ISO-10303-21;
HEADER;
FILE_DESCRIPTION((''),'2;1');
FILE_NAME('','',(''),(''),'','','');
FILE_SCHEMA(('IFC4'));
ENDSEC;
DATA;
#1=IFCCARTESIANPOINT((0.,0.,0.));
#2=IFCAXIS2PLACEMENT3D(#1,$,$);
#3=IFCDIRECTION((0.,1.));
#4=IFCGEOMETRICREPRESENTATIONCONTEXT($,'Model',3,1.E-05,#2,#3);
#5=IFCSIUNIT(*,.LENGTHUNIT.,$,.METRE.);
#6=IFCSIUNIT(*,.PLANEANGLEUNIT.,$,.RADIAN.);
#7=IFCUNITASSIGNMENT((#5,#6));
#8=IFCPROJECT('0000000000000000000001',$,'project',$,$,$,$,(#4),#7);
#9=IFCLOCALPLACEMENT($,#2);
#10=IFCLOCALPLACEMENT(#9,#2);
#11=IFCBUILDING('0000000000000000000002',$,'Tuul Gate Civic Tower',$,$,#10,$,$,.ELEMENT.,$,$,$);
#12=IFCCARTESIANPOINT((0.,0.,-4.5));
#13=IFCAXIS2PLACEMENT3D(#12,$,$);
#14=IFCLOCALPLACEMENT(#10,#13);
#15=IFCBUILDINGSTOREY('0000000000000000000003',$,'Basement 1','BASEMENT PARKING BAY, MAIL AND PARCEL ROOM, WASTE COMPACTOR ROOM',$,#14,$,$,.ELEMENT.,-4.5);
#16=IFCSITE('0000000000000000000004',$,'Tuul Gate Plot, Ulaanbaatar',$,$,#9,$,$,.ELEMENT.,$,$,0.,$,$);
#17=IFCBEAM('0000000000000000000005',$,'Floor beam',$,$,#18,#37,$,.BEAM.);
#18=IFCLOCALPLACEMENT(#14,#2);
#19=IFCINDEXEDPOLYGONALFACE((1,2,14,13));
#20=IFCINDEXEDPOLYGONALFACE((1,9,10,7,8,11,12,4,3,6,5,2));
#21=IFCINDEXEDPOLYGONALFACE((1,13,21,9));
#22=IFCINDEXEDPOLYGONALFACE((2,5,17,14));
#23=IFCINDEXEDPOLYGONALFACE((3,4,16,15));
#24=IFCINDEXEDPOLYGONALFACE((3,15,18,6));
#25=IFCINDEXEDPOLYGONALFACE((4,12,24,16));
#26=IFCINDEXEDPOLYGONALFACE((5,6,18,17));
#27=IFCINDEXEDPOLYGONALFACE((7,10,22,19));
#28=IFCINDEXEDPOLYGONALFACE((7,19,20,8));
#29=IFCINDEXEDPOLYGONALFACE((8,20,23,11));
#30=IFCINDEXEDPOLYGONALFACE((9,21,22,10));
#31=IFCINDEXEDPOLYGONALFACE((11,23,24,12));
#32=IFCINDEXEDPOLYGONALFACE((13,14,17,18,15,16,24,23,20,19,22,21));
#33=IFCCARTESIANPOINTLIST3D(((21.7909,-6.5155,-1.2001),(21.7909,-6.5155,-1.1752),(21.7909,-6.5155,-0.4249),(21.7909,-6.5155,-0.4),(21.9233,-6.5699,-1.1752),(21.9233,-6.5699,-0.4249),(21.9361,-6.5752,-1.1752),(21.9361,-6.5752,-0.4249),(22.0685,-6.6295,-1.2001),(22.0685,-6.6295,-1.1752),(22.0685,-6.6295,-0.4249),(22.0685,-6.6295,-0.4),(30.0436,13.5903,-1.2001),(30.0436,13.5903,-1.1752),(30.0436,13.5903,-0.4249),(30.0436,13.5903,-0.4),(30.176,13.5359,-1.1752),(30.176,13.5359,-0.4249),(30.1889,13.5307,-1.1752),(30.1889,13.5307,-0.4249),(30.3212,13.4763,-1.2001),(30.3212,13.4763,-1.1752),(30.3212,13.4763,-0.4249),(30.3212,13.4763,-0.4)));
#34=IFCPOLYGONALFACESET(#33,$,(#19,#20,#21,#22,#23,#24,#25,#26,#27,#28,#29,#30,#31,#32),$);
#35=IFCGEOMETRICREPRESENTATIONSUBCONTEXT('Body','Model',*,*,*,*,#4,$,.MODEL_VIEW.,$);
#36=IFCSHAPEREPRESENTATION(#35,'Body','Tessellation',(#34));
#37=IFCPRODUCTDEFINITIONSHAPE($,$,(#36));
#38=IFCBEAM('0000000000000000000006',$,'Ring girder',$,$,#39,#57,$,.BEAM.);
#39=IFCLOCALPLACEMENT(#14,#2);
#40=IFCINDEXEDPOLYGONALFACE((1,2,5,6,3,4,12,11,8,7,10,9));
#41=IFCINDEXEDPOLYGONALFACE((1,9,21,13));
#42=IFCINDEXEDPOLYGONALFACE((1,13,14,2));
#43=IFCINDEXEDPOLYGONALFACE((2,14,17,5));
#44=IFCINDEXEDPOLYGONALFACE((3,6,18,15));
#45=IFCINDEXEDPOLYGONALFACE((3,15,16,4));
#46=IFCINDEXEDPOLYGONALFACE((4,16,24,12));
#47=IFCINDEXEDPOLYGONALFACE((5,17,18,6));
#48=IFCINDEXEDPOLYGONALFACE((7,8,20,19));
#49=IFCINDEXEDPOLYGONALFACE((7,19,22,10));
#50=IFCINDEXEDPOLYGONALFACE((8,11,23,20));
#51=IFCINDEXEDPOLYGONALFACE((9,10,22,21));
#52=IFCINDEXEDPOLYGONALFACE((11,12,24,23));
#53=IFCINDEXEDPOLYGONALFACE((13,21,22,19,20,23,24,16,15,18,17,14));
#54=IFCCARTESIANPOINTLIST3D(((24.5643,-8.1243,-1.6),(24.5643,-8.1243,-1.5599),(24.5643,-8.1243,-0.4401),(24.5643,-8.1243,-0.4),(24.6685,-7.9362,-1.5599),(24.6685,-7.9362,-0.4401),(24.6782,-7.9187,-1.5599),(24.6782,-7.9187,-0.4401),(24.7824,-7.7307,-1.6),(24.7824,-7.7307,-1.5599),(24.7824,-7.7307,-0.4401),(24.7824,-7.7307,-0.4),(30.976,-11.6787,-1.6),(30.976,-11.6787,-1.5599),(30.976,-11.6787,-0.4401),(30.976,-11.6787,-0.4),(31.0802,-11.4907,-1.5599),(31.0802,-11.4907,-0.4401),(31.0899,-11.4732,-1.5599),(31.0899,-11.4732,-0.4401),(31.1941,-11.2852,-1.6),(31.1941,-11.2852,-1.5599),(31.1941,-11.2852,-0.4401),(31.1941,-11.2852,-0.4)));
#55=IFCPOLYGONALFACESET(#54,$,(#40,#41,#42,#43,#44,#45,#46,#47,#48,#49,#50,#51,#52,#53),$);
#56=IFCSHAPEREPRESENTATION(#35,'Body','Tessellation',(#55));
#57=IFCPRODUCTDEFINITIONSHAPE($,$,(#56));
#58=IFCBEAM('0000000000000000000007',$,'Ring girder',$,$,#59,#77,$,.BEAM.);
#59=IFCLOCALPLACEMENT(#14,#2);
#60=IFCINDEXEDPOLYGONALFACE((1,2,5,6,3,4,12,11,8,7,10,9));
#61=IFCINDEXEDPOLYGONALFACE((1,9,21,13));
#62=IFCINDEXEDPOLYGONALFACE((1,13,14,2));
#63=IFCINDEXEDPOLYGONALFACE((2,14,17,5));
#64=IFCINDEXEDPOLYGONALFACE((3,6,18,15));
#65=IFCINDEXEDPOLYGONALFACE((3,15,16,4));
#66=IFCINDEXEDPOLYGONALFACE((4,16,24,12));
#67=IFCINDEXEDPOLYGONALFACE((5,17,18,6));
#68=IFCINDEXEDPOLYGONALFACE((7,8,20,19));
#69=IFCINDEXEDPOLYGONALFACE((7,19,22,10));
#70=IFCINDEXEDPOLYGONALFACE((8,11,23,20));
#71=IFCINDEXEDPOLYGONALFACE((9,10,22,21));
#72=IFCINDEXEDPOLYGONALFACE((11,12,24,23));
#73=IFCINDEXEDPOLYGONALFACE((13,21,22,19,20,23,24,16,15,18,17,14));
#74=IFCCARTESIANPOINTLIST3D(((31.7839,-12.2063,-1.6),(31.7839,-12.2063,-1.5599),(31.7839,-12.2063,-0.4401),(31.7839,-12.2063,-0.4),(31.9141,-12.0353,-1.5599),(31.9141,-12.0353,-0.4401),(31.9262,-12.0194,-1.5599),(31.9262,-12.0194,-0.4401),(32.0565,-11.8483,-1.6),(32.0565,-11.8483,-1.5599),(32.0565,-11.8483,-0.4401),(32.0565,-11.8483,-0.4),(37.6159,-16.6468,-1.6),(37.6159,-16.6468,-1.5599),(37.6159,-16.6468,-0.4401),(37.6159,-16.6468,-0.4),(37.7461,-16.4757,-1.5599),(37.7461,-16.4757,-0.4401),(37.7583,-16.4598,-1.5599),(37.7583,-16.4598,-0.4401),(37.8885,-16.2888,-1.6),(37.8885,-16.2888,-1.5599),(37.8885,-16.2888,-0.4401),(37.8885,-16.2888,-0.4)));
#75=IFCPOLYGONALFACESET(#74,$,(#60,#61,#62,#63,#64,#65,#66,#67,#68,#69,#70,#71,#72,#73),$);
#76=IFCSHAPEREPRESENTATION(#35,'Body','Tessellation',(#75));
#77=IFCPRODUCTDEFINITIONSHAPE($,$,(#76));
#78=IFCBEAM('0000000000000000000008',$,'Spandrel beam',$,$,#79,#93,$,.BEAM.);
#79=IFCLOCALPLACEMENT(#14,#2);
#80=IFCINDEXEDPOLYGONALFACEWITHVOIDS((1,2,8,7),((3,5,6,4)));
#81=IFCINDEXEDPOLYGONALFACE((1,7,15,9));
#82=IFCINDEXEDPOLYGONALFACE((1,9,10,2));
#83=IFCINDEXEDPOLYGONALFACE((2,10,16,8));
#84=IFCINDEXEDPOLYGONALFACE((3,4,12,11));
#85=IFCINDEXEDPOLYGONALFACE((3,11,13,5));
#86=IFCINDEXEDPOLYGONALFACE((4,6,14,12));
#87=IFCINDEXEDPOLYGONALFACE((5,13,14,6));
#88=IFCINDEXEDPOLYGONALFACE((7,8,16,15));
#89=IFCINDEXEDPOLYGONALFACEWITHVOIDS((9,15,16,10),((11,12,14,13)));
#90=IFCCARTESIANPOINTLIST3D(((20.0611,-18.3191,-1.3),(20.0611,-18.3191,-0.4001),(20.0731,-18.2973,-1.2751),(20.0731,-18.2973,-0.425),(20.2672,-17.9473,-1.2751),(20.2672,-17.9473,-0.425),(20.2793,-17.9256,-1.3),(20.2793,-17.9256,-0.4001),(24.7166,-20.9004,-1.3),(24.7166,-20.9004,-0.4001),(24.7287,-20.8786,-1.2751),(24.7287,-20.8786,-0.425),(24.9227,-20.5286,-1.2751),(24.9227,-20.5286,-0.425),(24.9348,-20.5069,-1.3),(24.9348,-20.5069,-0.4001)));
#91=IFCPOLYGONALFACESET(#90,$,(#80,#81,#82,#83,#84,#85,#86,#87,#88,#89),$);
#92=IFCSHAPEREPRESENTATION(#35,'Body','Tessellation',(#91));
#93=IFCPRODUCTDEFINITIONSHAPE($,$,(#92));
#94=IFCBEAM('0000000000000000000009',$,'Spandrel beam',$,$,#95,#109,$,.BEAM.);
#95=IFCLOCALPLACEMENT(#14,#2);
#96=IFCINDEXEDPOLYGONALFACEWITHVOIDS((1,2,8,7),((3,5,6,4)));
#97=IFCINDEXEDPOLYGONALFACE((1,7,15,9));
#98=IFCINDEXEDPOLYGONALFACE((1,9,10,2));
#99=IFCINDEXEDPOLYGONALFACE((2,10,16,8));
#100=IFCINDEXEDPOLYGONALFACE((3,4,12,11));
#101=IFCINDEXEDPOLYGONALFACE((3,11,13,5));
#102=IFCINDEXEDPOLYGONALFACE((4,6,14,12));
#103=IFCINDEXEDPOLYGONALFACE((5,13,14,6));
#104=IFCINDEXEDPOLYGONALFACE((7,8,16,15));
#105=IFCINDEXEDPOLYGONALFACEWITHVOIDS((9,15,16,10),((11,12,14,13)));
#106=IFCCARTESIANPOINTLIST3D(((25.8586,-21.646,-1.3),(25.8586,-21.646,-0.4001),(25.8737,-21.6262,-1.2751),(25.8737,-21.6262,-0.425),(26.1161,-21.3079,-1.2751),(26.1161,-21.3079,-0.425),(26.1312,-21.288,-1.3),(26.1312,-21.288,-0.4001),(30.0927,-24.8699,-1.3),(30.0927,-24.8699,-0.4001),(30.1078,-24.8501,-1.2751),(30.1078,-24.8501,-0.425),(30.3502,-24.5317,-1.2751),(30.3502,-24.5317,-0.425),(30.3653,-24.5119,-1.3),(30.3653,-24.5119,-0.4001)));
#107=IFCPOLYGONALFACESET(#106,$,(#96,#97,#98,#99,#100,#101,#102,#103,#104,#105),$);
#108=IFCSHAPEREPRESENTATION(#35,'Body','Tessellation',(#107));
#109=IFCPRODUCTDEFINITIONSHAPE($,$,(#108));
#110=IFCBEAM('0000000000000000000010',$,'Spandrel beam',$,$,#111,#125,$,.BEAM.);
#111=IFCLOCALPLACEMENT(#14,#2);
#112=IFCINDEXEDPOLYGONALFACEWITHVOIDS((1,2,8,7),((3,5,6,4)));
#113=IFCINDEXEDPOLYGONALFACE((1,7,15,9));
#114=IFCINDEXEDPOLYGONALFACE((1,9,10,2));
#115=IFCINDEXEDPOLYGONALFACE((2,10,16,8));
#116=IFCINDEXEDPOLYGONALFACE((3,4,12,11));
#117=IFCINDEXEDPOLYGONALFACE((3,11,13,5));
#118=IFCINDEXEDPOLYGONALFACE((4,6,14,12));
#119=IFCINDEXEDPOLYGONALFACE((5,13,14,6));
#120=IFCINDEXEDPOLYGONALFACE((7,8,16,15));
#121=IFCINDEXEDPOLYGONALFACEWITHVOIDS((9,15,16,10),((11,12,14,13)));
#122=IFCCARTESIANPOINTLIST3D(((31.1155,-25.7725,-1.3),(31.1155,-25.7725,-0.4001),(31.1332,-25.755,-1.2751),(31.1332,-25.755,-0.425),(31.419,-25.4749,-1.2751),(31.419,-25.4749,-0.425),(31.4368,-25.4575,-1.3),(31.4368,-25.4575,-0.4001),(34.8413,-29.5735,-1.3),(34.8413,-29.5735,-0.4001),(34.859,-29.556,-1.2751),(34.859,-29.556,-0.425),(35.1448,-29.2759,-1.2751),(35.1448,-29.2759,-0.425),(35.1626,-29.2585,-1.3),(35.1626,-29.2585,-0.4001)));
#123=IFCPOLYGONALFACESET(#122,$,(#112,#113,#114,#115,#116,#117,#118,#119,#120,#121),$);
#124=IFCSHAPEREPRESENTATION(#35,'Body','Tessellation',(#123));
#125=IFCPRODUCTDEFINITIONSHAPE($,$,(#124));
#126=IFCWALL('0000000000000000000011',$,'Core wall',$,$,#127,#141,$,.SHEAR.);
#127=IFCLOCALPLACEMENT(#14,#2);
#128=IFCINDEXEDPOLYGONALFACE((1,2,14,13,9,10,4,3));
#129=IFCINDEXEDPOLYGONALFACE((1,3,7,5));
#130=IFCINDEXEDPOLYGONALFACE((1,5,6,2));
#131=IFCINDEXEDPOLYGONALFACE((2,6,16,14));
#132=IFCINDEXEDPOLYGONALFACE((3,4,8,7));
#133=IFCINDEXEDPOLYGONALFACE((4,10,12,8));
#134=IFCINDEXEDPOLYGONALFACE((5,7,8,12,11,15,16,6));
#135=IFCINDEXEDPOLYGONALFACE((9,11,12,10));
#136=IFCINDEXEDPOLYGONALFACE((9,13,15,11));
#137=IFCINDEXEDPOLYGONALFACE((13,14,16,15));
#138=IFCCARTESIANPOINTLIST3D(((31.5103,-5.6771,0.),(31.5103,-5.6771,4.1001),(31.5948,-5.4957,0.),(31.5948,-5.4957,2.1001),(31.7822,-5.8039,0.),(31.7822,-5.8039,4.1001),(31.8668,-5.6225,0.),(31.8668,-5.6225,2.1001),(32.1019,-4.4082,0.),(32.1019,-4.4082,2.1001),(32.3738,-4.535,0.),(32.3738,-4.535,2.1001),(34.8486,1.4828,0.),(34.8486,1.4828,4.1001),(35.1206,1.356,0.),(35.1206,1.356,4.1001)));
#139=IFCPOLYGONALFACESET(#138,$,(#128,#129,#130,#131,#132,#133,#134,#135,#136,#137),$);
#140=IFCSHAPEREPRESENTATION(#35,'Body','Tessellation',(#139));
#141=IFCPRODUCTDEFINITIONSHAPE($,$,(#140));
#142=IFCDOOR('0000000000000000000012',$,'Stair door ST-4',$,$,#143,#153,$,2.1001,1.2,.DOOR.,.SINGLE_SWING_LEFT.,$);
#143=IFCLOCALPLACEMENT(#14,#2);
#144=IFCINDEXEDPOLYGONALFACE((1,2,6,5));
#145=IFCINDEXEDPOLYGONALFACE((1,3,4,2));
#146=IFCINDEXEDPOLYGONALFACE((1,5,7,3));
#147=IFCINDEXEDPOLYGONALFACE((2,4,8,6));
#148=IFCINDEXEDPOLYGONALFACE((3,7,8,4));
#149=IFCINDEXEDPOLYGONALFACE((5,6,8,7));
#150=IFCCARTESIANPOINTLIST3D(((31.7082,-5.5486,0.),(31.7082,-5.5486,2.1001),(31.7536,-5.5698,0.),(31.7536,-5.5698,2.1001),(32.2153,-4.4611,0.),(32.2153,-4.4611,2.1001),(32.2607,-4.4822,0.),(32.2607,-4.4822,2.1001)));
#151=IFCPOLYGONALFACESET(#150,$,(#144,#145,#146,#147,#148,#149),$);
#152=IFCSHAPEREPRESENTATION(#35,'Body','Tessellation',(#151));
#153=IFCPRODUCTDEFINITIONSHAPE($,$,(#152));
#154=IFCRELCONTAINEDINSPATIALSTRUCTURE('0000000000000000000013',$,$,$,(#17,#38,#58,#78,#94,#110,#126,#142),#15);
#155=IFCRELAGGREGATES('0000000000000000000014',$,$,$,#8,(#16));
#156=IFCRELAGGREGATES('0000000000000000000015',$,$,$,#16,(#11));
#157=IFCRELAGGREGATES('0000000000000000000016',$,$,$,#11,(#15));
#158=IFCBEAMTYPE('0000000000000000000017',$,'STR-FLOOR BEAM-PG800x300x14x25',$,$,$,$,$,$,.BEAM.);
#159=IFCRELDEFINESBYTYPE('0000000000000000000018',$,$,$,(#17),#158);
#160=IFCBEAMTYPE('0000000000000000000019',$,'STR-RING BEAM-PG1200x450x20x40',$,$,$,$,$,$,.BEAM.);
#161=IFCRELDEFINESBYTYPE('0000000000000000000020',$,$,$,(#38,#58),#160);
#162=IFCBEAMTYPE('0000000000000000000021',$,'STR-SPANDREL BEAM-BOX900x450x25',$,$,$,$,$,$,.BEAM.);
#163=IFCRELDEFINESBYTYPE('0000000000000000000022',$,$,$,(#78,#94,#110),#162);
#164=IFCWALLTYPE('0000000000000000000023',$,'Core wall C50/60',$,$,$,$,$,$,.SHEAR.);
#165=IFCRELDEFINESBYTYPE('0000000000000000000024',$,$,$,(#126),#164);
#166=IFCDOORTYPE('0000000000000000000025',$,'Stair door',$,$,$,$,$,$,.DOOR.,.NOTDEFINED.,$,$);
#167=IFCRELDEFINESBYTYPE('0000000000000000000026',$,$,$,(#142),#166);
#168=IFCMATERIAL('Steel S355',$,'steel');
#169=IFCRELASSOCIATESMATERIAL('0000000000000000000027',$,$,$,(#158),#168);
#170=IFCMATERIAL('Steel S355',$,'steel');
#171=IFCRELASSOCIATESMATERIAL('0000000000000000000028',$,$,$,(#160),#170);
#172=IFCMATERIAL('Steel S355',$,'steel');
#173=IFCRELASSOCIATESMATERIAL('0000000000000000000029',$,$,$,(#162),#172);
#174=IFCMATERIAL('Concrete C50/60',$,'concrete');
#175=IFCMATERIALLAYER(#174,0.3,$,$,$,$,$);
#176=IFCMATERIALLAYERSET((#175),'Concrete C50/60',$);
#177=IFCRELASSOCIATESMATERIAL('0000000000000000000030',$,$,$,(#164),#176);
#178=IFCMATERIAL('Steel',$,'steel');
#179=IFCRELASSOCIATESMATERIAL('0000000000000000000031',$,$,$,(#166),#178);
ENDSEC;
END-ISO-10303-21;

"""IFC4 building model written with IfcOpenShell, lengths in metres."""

from ifc_helpers import new_model, si_unit, direction, frame, frame_2d, origin, origin_2d, place, context, subcontext, project, spatial, rectangle, hollow_rectangle, i_section, extrude, material, layer, layer_set, material_profile, profile_set, type_object, element, fill, save


model = new_model("IFC4")

# Units and contexts
model_context = context("Model", 3, precision=1e-05, world=origin(), true_north=direction((0.0, 1.0)))
body_context = subcontext(model_context, "Body", "Model", "MODEL_VIEW")
ifc_project = project(units=[si_unit("LENGTHUNIT", "METRE"), si_unit("PLANEANGLEUNIT", "RADIAN")], contexts=[model_context])

# Site, building, storey
site_placement = place(None, origin())
site = spatial("IfcSite", under=ifc_project, at=site_placement, Name="Tuul Gate Plot, Ulaanbaatar", CompositionType="ELEMENT", RefElevation=0.0)
building_placement = place(site_placement, origin())
building = spatial("IfcBuilding", under=site, at=building_placement, Name="Tuul Gate Civic Tower", CompositionType="ELEMENT")
storey_placement = place(building_placement, frame((0.0, 0.0, -4.5)))
storey = spatial("IfcBuildingStorey", under=building, at=storey_placement, Name="Basement 1", Description="BASEMENT PARKING BAY, MAIL AND PARCEL ROOM, WASTE COMPACTOR ROOM", CompositionType="ELEMENT", Elevation=-4.5)

# Beams
ifc_material_1 = material(Name="Steel S355", Category="steel")
ifc_material_profile_1 = material_profile(ifc_material_1, i_section(OverallWidth=0.3, OverallDepth=0.8, WebThickness=0.0139, FlangeThickness=0.0249, at=origin_2d()), Name="PG800x300x14x25")
ifc_profile_set_1 = profile_set([ifc_material_profile_1], Name="Steel S355")
beam_type_1 = type_object("IfcBeamType", Name="STR-FLOOR BEAM-PG800x300x14x25", PredefinedType="BEAM", material=ifc_profile_set_1)
beam_1_placement = place(storey_placement, frame((21.9297, -6.5725, -0.8), z_axis=(0.379721, 0.925101, 0.0), x_axis=(-0.925101, 0.379721, 0.0)))
element("IfcBeam", 1, at=beam_1_placement, inside=storey, type_object=beam_type_1, Name="Floor beam", PredefinedType="BEAM", context=body_context, shape_type="SweptSolid", body=[
    extrude(i_section(OverallWidth=0.3, OverallDepth=0.8, WebThickness=0.0139, FlangeThickness=0.0249, at=origin_2d()), origin(), (0.0, 0.0, 1.0), 21.7336),
])
ifc_material_2 = material(Name="Steel S355", Category="steel")
ifc_material_profile_2 = material_profile(ifc_material_2, i_section(OverallWidth=0.45, OverallDepth=1.2, WebThickness=0.02, FlangeThickness=0.04, at=origin_2d()), Name="PG1200x450x20x40")
ifc_profile_set_2 = profile_set([ifc_material_profile_2], Name="Steel S355")
beam_type_2 = type_object("IfcBeamType", Name="STR-RING BEAM-PG1200x450x20x40", PredefinedType="BEAM", material=ifc_profile_set_2)
beam_2_placement = place(storey_placement, frame((24.6733, -7.9275, -1.0), z_axis=(0.874595, -0.484854, 0.0), x_axis=(0.484854, 0.874595, 0.0)))
element("IfcBeam", 2, at=beam_2_placement, inside=storey, type_object=beam_type_2, Name="Ring girder", PredefinedType="BEAM", context=body_context, shape_type="SweptSolid", body=[
    extrude(i_section(OverallWidth=0.45, OverallDepth=1.2, WebThickness=0.02, FlangeThickness=0.04, at=origin_2d()), origin(), (0.0, 0.0, 1.0), 7.3311),
])
beam_3_placement = place(storey_placement, frame((31.9202, -12.0273, -1.0), z_axis=(0.79563, -0.605782, 0.0), x_axis=(0.605782, 0.79563, 0.0)))
element("IfcBeam", 3, at=beam_3_placement, inside=storey, type_object=beam_type_2, Name="Ring girder", PredefinedType="BEAM", context=body_context, shape_type="SweptSolid", body=[
    extrude(i_section(OverallWidth=0.45, OverallDepth=1.2, WebThickness=0.02, FlangeThickness=0.04, at=origin_2d()), origin(), (0.0, 0.0, 1.0), 7.3301),
])
ifc_material_3 = material(Name="Steel S355", Category="steel")
ifc_material_profile_3 = material_profile(ifc_material_3, hollow_rectangle(XDim=0.45, YDim=0.8999, WallThickness=0.0249, at=origin_2d()), Name="BOX900x450x25")
ifc_profile_set_3 = profile_set([ifc_material_profile_3], Name="Steel S355")
beam_type_3 = type_object("IfcBeamType", Name="STR-SPANDREL BEAM-BOX900x450x25", PredefinedType="BEAM", material=ifc_profile_set_3)
beam_4_placement = place(storey_placement, frame((20.1702, -18.1223, -0.8501), z_axis=(0.874564, -0.484911, 0.0), x_axis=(0.484911, 0.874564, 0.0)))
element("IfcBeam", 4, at=beam_4_placement, inside=storey, type_object=beam_type_3, Name="Spandrel beam", PredefinedType="BEAM", context=body_context, shape_type="SweptSolid", body=[
    extrude(hollow_rectangle(XDim=0.45, YDim=0.8999, WallThickness=0.0249, at=origin_2d()), origin(), (0.0, 0.0, 1.0), 5.3232),
])
beam_5_placement = place(storey_placement, frame((25.9949, -21.467, -0.8501), z_axis=(0.795624, -0.60579, 0.0), x_axis=(0.60579, 0.795624, 0.0)))
element("IfcBeam", 5, at=beam_5_placement, inside=storey, type_object=beam_type_3, Name="Spandrel beam", PredefinedType="BEAM", context=body_context, shape_type="SweptSolid", body=[
    extrude(hollow_rectangle(XDim=0.45, YDim=0.8999, WallThickness=0.0249, at=origin_2d()), origin(), (0.0, 0.0, 1.0), 5.3218),
])
beam_6_placement = place(storey_placement, frame((31.2761, -25.615, -0.8501), z_axis=(0.700008, -0.714135, 0.0), x_axis=(0.714135, 0.700008, 0.0)))
element("IfcBeam", 6, at=beam_6_placement, inside=storey, type_object=beam_type_3, Name="Spandrel beam", PredefinedType="BEAM", context=body_context, shape_type="SweptSolid", body=[
    extrude(hollow_rectangle(XDim=0.45, YDim=0.8999, WallThickness=0.0249, at=origin_2d()), origin(), (0.0, 0.0, 1.0), 5.3225),
])

# Wall, opening, door
ifc_material_4 = material(Name="Concrete C50/60", Category="concrete")
ifc_layer_1 = layer(ifc_material_4, 0.3)
ifc_layer_set_1 = layer_set([ifc_layer_1], Name="Concrete C50/60")
wall_type_1 = type_object("IfcWallType", Name="Core wall C50/60", PredefinedType="SHEAR", material=ifc_layer_set_1)
wall_1_placement = place(storey_placement, frame((31.6462, -5.7405, 0.0), z_axis=(0.0, 0.0, 1.0), x_axis=(0.422583, 0.906324, 0.0)))
wall_1 = element("IfcWall", 7, at=wall_1_placement, inside=storey, type_object=wall_type_1, Name="Core wall", PredefinedType="SHEAR", context=body_context, shape_type="SweptSolid", body=[
    extrude(rectangle(XDim=7.8999, YDim=0.3, at=frame_2d((3.95, 0.0))), origin(), (0.0, 0.0, 1.0), 4.1001),
])
opening_1_placement = place(wall_1_placement, frame((0.2, 0.0, 0.0)))
opening_1 = element("IfcOpeningElement", 8, at=opening_1_placement, cuts=wall_1, PredefinedType="OPENING", context=body_context, shape_type="SweptSolid", body=[
    extrude(rectangle(XDim=1.2, YDim=2.1001, at=frame_2d((0.6001, 1.05))), frame((0.0, 0.1602, 0.0), z_axis=(0.0, -1.0, 0.0), x_axis=(1.0, 0.0, 0.0)), (0.0, 0.0, 1.0), 0.3201),
])
ifc_material_5 = material(Name="Steel", Category="steel")
door_type_1 = type_object("IfcDoorType", Name="Stair door", OperationType="NOTDEFINED", PredefinedType="DOOR", material=ifc_material_5)
door_1_placement = place(opening_1_placement, origin())
door_1 = element("IfcDoor", 9, at=door_1_placement, inside=storey, type_object=door_type_1, Name="Stair door ST-4", OperationType="SINGLE_SWING_LEFT", OverallHeight=2.1001, OverallWidth=1.2, PredefinedType="DOOR", context=body_context, shape_type="SweptSolid", body=[
    extrude(rectangle(XDim=1.2, YDim=2.1001, at=frame_2d((0.6001, 1.05))), frame((0.0, 0.0249, 0.0), z_axis=(0.0, -1.0, 0.0), x_axis=(1.0, 0.0, 0.0)), (0.0, 0.0, 1.0), 0.05),
])
fill(opening_1, door_1)

save(model, "model.ifc")
